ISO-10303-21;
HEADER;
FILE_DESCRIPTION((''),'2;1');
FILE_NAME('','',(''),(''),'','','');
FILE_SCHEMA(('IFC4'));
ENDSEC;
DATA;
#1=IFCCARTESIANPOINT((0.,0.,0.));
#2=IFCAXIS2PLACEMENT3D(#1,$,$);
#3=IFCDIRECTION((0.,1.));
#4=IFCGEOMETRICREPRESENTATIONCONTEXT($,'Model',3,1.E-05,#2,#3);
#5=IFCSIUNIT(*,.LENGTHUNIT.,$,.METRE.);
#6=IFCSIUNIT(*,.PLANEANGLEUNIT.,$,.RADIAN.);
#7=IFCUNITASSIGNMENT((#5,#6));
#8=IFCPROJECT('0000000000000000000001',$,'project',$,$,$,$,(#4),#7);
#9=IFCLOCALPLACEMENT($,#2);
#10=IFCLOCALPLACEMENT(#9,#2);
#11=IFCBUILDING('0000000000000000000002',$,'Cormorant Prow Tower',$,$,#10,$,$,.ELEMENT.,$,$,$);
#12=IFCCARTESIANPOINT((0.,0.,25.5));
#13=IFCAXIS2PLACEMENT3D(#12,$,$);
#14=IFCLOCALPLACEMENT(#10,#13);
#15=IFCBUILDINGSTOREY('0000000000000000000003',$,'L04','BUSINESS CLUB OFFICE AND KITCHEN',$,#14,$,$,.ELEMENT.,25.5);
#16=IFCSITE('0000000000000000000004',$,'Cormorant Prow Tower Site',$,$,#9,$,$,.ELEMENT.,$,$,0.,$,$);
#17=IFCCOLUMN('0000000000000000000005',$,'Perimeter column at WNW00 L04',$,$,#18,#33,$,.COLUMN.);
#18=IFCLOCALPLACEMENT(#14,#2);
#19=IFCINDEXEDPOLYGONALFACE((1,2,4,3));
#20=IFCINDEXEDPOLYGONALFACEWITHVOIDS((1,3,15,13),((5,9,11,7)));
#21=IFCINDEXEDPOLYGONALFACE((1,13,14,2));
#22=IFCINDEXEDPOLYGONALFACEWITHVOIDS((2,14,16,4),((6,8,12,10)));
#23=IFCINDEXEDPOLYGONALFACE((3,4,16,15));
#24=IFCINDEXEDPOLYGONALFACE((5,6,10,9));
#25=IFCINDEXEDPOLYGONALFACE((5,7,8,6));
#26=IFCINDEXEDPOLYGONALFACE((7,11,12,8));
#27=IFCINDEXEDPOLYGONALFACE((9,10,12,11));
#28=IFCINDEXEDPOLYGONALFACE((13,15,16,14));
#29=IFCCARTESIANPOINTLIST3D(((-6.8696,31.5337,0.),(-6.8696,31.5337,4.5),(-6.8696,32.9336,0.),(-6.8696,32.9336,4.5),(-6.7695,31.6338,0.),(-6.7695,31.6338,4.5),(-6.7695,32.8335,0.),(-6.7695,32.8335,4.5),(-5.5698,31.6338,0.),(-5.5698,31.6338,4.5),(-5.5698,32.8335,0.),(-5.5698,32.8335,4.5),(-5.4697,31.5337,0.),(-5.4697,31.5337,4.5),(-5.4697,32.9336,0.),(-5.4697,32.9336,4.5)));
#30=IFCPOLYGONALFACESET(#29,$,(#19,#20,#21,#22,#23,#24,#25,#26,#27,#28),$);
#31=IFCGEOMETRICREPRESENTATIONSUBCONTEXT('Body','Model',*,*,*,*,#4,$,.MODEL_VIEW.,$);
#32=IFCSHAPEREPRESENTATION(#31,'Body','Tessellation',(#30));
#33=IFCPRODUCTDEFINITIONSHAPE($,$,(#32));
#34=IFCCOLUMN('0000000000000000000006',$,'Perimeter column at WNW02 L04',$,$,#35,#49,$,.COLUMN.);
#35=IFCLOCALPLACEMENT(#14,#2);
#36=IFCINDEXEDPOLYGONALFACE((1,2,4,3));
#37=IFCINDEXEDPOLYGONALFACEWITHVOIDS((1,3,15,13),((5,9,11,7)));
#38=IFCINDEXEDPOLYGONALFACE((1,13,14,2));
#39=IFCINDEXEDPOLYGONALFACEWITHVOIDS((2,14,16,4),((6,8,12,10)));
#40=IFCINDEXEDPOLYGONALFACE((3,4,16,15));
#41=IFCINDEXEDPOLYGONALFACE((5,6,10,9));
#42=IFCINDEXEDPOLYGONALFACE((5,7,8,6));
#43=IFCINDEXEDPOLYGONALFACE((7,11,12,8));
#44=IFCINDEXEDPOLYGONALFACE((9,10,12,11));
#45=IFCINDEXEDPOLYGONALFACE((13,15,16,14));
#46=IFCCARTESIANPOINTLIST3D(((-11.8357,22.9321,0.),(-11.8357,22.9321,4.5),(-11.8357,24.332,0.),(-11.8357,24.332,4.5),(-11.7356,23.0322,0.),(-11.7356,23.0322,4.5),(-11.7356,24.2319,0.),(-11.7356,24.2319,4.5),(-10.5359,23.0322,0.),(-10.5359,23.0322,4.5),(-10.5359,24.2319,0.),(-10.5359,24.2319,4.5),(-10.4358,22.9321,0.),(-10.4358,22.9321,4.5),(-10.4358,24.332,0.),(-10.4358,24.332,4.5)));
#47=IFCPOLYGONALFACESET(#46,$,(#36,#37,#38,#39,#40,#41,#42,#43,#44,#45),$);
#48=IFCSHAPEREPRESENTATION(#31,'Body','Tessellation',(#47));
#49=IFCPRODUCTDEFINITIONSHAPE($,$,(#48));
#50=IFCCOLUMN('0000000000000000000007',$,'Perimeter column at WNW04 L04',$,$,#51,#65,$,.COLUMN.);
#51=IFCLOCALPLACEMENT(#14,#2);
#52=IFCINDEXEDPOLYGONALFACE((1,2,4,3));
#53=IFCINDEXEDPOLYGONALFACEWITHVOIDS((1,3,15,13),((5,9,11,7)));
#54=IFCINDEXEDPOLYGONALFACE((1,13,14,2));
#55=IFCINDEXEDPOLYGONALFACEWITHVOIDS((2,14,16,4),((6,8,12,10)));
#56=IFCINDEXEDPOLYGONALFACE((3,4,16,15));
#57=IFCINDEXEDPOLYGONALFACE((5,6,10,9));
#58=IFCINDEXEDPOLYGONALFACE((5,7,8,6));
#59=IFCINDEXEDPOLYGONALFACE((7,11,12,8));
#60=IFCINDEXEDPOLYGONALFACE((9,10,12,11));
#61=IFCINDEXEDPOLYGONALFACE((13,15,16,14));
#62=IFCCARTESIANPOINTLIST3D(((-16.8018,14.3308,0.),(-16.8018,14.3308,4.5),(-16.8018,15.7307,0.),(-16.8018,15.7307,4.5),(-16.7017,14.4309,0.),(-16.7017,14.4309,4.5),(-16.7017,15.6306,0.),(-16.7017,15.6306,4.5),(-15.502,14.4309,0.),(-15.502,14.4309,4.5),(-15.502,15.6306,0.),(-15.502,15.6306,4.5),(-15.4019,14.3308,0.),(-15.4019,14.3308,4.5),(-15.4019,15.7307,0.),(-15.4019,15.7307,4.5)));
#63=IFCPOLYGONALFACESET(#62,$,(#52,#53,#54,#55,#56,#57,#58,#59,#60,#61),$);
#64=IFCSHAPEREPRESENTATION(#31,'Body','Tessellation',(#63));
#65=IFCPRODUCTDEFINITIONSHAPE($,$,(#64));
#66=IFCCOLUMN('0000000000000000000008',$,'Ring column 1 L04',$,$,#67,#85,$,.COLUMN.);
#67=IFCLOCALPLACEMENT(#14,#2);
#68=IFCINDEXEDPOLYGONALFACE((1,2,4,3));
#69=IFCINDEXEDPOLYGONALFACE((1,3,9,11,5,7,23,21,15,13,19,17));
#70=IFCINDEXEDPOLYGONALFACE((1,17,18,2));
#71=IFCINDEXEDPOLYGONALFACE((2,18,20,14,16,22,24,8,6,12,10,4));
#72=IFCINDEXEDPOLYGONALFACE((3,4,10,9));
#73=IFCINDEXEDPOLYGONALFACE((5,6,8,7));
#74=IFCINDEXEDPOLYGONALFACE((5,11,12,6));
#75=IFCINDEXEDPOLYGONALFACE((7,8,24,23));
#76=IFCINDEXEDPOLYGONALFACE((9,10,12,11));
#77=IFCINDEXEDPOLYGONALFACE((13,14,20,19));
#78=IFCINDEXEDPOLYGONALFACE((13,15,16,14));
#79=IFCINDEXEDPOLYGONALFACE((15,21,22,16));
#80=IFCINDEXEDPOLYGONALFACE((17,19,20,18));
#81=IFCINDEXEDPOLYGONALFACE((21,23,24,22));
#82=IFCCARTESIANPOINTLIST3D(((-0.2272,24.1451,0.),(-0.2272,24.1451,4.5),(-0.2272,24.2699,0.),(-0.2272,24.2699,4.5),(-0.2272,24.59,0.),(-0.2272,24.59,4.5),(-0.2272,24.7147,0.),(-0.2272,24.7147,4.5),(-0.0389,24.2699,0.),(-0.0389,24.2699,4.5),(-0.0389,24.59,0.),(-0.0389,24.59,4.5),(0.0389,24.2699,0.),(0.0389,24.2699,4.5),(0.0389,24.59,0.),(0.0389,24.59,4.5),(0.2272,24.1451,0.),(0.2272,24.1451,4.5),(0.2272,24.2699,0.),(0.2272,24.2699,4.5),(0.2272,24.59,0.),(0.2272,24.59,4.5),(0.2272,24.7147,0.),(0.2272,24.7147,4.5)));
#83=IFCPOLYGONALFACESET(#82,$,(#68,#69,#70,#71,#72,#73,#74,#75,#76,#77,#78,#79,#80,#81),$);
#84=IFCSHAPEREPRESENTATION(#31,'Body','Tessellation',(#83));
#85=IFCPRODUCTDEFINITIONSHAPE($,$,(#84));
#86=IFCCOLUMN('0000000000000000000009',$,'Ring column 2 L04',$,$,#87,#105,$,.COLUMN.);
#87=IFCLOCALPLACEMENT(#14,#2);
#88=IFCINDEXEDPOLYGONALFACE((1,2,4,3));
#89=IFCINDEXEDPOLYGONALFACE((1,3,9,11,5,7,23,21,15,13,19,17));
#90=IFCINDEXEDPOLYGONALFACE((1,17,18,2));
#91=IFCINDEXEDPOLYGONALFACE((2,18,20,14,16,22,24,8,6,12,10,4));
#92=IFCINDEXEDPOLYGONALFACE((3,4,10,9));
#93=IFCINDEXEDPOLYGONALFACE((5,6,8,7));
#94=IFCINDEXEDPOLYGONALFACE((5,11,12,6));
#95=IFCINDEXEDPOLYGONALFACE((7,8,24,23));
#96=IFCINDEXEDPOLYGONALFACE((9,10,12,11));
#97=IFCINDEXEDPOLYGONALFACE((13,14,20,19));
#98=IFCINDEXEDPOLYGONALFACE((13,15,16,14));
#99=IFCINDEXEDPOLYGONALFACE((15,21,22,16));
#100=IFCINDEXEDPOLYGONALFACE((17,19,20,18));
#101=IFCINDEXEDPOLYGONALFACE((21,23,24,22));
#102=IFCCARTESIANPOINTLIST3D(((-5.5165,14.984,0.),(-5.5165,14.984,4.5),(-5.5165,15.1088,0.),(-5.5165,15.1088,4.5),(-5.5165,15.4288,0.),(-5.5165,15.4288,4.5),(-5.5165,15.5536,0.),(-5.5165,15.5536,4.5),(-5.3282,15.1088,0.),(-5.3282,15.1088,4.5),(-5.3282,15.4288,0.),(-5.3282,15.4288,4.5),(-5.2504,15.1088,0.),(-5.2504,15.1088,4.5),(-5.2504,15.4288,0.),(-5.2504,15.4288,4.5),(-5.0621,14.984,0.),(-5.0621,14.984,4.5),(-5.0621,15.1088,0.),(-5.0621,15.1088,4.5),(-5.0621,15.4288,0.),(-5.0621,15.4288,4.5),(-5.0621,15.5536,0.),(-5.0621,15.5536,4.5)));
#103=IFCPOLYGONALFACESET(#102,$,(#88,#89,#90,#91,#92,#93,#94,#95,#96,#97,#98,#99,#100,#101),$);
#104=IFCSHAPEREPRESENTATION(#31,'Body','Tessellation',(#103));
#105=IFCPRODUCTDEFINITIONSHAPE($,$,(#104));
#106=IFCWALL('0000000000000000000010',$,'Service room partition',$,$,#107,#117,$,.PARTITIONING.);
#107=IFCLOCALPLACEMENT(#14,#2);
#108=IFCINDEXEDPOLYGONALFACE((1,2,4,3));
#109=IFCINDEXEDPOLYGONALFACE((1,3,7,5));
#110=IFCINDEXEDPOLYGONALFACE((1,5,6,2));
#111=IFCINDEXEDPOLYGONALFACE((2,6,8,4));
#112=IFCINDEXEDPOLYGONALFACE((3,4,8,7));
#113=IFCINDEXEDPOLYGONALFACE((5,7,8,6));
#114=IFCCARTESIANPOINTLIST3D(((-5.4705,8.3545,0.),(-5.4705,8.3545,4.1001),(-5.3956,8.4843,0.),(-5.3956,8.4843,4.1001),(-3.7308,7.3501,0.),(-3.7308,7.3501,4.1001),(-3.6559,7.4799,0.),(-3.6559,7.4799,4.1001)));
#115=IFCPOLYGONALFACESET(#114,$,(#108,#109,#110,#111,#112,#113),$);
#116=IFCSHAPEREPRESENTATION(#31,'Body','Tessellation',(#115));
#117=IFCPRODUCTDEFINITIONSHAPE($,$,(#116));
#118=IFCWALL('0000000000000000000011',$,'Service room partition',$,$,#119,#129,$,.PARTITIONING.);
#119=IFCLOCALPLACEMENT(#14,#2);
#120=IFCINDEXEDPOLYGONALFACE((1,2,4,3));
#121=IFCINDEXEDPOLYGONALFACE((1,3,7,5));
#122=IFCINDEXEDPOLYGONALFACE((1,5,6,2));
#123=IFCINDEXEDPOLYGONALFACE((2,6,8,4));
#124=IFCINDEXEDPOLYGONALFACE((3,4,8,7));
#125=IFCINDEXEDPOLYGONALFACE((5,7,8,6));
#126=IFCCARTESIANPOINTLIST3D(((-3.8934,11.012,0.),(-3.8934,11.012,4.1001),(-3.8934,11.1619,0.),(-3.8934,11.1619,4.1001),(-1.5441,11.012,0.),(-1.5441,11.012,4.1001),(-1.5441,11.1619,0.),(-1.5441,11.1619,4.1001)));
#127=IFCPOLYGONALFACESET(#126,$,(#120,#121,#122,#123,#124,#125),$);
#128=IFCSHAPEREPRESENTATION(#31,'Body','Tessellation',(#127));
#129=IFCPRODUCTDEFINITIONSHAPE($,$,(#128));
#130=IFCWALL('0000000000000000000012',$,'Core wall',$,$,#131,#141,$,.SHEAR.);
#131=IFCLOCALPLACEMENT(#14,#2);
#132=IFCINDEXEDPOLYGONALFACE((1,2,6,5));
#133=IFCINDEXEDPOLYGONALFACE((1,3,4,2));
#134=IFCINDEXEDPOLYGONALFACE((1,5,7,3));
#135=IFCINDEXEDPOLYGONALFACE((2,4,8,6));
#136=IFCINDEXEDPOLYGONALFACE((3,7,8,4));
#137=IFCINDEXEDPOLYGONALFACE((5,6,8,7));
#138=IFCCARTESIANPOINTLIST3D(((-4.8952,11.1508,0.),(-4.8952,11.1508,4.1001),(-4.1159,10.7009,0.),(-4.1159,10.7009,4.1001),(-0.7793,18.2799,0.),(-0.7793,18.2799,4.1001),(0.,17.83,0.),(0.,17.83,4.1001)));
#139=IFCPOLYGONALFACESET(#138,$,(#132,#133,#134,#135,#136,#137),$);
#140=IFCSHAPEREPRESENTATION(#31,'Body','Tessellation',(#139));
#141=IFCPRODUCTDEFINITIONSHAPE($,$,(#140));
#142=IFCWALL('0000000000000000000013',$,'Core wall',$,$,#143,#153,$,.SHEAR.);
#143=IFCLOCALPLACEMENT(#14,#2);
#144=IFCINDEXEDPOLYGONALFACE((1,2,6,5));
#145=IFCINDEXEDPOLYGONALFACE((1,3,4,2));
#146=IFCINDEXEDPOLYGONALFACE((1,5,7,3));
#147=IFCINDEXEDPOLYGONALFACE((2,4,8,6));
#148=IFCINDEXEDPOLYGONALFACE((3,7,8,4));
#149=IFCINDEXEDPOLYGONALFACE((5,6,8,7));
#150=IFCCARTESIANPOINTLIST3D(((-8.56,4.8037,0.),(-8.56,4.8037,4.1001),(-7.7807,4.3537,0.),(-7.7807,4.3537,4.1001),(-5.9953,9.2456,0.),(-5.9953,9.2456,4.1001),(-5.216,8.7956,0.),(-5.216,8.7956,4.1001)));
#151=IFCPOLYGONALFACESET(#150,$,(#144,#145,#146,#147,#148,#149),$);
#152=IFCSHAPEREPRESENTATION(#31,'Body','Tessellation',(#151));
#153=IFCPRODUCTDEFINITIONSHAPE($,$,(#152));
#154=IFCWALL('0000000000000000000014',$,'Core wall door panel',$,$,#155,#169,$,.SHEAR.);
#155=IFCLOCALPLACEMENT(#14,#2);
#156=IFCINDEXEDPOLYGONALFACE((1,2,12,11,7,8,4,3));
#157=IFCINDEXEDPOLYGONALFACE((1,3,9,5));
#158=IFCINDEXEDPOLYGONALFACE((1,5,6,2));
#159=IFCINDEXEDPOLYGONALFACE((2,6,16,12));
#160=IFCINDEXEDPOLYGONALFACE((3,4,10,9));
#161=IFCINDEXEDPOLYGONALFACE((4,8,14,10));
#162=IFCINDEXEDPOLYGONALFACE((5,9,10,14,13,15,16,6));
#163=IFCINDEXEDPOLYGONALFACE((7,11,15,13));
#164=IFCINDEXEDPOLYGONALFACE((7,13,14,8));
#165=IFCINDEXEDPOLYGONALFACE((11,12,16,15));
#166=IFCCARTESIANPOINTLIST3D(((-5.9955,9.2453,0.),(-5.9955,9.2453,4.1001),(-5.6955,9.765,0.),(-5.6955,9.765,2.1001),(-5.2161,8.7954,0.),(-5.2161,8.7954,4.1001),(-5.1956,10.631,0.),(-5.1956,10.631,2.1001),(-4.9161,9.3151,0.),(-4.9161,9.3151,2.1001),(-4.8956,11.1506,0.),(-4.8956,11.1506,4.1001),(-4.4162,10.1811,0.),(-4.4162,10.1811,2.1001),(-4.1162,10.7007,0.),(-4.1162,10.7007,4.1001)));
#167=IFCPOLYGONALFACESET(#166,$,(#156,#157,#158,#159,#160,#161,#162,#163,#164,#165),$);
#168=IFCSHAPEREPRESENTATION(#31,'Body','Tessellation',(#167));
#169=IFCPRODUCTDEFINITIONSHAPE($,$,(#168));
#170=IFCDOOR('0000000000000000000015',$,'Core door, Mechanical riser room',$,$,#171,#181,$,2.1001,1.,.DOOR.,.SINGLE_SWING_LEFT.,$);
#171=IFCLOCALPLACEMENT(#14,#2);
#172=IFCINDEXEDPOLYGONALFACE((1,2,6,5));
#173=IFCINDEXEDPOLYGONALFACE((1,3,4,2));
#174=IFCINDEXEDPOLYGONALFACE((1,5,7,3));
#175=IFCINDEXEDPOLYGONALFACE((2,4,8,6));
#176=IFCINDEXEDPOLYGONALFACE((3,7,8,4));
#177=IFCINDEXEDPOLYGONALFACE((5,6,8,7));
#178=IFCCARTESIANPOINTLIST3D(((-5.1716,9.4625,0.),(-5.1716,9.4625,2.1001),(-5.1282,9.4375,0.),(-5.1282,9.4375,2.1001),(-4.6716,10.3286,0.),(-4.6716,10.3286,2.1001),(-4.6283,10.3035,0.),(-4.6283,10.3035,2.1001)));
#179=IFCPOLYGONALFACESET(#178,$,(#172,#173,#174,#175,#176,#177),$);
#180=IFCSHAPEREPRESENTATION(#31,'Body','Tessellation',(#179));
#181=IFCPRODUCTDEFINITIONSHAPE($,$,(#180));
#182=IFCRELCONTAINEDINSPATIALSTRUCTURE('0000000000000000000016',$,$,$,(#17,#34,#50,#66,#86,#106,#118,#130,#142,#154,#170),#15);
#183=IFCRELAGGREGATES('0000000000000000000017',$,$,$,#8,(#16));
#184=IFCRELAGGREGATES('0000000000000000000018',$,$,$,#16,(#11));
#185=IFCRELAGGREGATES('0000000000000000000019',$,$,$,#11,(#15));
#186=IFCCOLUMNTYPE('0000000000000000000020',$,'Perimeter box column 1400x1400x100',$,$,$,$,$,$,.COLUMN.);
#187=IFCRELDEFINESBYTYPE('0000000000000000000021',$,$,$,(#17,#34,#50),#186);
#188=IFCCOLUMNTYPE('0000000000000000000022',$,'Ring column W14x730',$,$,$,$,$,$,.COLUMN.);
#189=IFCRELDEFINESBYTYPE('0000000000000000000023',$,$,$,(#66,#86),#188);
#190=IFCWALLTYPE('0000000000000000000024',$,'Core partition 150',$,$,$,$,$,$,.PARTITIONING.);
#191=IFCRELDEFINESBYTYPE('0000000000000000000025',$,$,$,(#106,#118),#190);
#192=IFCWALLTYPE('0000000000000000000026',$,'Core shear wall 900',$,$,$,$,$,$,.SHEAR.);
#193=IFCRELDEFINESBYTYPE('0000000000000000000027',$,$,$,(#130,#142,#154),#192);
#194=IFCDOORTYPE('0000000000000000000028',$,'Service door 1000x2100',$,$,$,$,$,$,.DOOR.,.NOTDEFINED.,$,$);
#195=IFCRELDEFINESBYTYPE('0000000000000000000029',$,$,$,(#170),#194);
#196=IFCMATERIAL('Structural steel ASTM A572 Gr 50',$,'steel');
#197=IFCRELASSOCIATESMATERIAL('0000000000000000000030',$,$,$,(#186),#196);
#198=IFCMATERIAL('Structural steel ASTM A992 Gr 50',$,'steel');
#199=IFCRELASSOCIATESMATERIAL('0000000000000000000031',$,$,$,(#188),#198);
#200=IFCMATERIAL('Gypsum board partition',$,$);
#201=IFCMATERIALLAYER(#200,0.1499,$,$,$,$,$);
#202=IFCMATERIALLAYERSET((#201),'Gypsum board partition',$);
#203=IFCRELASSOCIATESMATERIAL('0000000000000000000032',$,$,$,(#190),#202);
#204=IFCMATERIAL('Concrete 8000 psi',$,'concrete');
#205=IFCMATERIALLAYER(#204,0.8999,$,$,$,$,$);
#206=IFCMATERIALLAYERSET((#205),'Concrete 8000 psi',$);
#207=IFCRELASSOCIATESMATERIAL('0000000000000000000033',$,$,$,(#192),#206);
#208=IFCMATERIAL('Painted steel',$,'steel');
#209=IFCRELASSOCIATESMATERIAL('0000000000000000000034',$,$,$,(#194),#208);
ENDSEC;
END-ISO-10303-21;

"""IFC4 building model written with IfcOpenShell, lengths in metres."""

from ifc_helpers import new_model, si_unit, direction, frame, frame_2d, origin, origin_2d, place, context, subcontext, project, spatial, rectangle, hollow_rectangle, i_section, extrude, material, layer, layer_set, material_profile, profile_set, type_object, element, fill, save


model = new_model("IFC4")

# Units and contexts
model_context = context("Model", 3, precision=1e-05, world=origin(), true_north=direction((0.0, 1.0)))
body_context = subcontext(model_context, "Body", "Model", "MODEL_VIEW")
ifc_project = project(units=[si_unit("LENGTHUNIT", "METRE"), si_unit("PLANEANGLEUNIT", "RADIAN")], contexts=[model_context])

# Site, building, storey
site_placement = place(None, origin())
site = spatial("IfcSite", under=ifc_project, at=site_placement, Name="Cormorant Prow Tower Site", CompositionType="ELEMENT", RefElevation=0.0)
building_placement = place(site_placement, origin())
building = spatial("IfcBuilding", under=site, at=building_placement, Name="Cormorant Prow Tower", CompositionType="ELEMENT")
storey_placement = place(building_placement, frame((0.0, 0.0, 25.5)))
storey = spatial("IfcBuildingStorey", under=building, at=storey_placement, Name="L04", Description="BUSINESS CLUB OFFICE AND KITCHEN", CompositionType="ELEMENT", Elevation=25.5)

# Columns
ifc_material_1 = material(Name="Structural steel ASTM A572 Gr 50", Category="steel")
ifc_material_profile_1 = material_profile(ifc_material_1, hollow_rectangle(XDim=1.3999, YDim=1.3999, WallThickness=0.1001, at=origin_2d()), Name="Box 1400x1400x100")
ifc_profile_set_1 = profile_set([ifc_material_profile_1], Name="Structural steel ASTM A572 Gr 50")
column_type_1 = type_object("IfcColumnType", Name="Perimeter box column 1400x1400x100", PredefinedType="COLUMN", material=ifc_profile_set_1)
for number, where, z_axis, x_axis, name in (
    (1, (-6.1697, 32.2336, 0.0), (0.0, 0.0, 1.0), (1.0, 0.0, 0.0), "Perimeter column at WNW00 L04"),
    (2, (-11.1357, 23.6321, 0.0), (0.0, 0.0, 1.0), (1.0, 0.0, 0.0), "Perimeter column at WNW02 L04"),
    (3, (-16.1018, 15.0308, 0.0), (0.0, 0.0, 1.0), (1.0, 0.0, 0.0), "Perimeter column at WNW04 L04"),
):
    element("IfcColumn", number, at=place(storey_placement, frame(where, z_axis=z_axis, x_axis=x_axis)), inside=storey, type_object=column_type_1, Name=name, PredefinedType="COLUMN", context=body_context, shape_type="SweptSolid", body=[
        extrude(hollow_rectangle(XDim=1.3999, YDim=1.3999, WallThickness=0.1001, at=origin_2d()), origin(), (0.0, 0.0, 1.0), 4.5),
    ])
ifc_material_2 = material(Name="Structural steel ASTM A992 Gr 50", Category="steel")
ifc_material_profile_2 = material_profile(ifc_material_2, i_section(OverallWidth=0.4543, OverallDepth=0.5696, WebThickness=0.0779, FlangeThickness=0.1248, at=origin_2d()), Name="W14x730")
ifc_profile_set_2 = profile_set([ifc_material_profile_2], Name="Structural steel ASTM A992 Gr 50")
column_type_2 = type_object("IfcColumnType", Name="Ring column W14x730", PredefinedType="COLUMN", material=ifc_profile_set_2)
for number, where, z_axis, x_axis, name in (
    (4, (0.0, 24.4299, 0.0), (0.0, 0.0, 1.0), (1.0, 0.0, 0.0), "Ring column 1 L04"),
    (5, (-5.2893, 15.2688, 0.0), (0.0, 0.0, 1.0), (1.0, 0.0, 0.0), "Ring column 2 L04"),
):
    element("IfcColumn", number, at=place(storey_placement, frame(where, z_axis=z_axis, x_axis=x_axis)), inside=storey, type_object=column_type_2, Name=name, PredefinedType="COLUMN", context=body_context, shape_type="SweptSolid", body=[
        extrude(i_section(OverallWidth=0.4543, OverallDepth=0.5696, WebThickness=0.0779, FlangeThickness=0.1248, at=origin_2d()), origin(), (0.0, 0.0, 1.0), 4.5),
    ])

# Walls
ifc_material_3 = material(Name="Gypsum board partition")
ifc_layer_1 = layer(ifc_material_3, 0.1499)
ifc_layer_set_1 = layer_set([ifc_layer_1], Name="Gypsum board partition")
wall_type_1 = type_object("IfcWallType", Name="Core partition 150", PredefinedType="PARTITIONING", material=ifc_layer_set_1)
wall_1_placement = place(storey_placement, frame((-3.6934, 7.415, 0.0), z_axis=(0.0, 0.0, 1.0), x_axis=(-0.866036, 0.499982, 0.0)))
element("IfcWall", 6, at=wall_1_placement, inside=storey, type_object=wall_type_1, Name="Service room partition", PredefinedType="PARTITIONING", context=body_context, shape_type="SweptSolid", body=[
    extrude(rectangle(XDim=2.0088, YDim=0.1499, at=frame_2d((1.0044, 0.0))), origin(), (0.0, 0.0, 1.0), 4.1001),
])
wall_2_placement = place(storey_placement, frame((-1.5439, 11.0869, 0.0), z_axis=(0.0, 0.0, 1.0), x_axis=(-1.0, 0.0, 0.0)))
element("IfcWall", 7, at=wall_2_placement, inside=storey, type_object=wall_type_1, Name="Service room partition", PredefinedType="PARTITIONING", context=body_context, shape_type="SweptSolid", body=[
    extrude(rectangle(XDim=2.3494, YDim=0.1499, at=frame_2d((1.1748, 0.0))), origin(), (0.0, 0.0, 1.0), 4.1001),
])
ifc_material_4 = material(Name="Concrete 8000 psi", Category="concrete")
ifc_layer_2 = layer(ifc_material_4, 0.8999)
ifc_layer_set_2 = layer_set([ifc_layer_2], Name="Concrete 8000 psi")
wall_type_2 = type_object("IfcWallType", Name="Core shear wall 900", PredefinedType="SHEAR", material=ifc_layer_set_2)
wall_3_placement = place(storey_placement, frame((-0.3896, 18.0549, 0.0), z_axis=(0.0, 0.0, 1.0), x_axis=(-0.499995, -0.866028, 0.0)))
element("IfcWall", 8, at=wall_3_placement, inside=storey, type_object=wall_type_2, Name="Core wall", PredefinedType="SHEAR", context=body_context, shape_type="SweptSolid", body=[
    extrude(rectangle(XDim=8.2319, YDim=0.8999, at=frame_2d((4.116, 0.0))), origin(), (0.0, 0.0, 1.0), 4.1001),
])
wall_4_placement = place(storey_placement, frame((-5.6057, 9.0205, 0.0), z_axis=(0.0, 0.0, 1.0), x_axis=(-0.500025, -0.866011, 0.0)))
element("IfcWall", 9, at=wall_4_placement, inside=storey, type_object=wall_type_2, Name="Core wall", PredefinedType="SHEAR", context=body_context, shape_type="SweptSolid", body=[
    extrude(rectangle(XDim=5.1292, YDim=0.8999, at=frame_2d((2.5645, 0.0))), origin(), (0.0, 0.0, 1.0), 4.1001),
])

# Wall, opening, door
wall_5_placement = place(storey_placement, frame((-4.5059, 10.9258, 0.0), z_axis=(0.0, 0.0, 1.0), x_axis=(-0.499947, -0.866056, 0.0)))
wall_5 = element("IfcWall", 10, at=wall_5_placement, inside=storey, type_object=wall_type_2, Name="Core wall door panel", PredefinedType="SHEAR", context=body_context, shape_type="SweptSolid", body=[
    extrude(rectangle(XDim=2.2, YDim=0.8999, at=frame_2d((1.1001, 0.0))), origin(), (0.0, 0.0, 1.0), 4.1001),
])
opening_1_placement = place(wall_5_placement, frame((0.6001, 0.0, 0.0)))
opening_1 = element("IfcOpeningElement", 11, at=opening_1_placement, cuts=wall_5, PredefinedType="OPENING", context=body_context, shape_type="SweptSolid", body=[
    extrude(rectangle(XDim=1.0, YDim=2.1001, at=frame_2d((0.5, 1.05))), frame((0.0, 0.46, 0.0), z_axis=(0.0, -1.0, 0.0), x_axis=(1.0, 0.0, 0.0)), (0.0, 0.0, 1.0), 0.9199),
])
ifc_material_5 = material(Name="Painted steel", Category="steel")
door_type_1 = type_object("IfcDoorType", Name="Service door 1000x2100", OperationType="NOTDEFINED", PredefinedType="DOOR", material=ifc_material_5)
door_1_placement = place(opening_1_placement, origin())
door_1 = element("IfcDoor", 12, at=door_1_placement, inside=storey, type_object=door_type_1, Name="Core door, Mechanical riser room", OperationType="SINGLE_SWING_LEFT", OverallHeight=2.1001, OverallWidth=1.0, PredefinedType="DOOR", context=body_context, shape_type="SweptSolid", body=[
    extrude(rectangle(XDim=1.0, YDim=2.1001, at=frame_2d((0.5, 1.05))), frame((0.0, 0.2051, 0.0), z_axis=(0.0, -1.0, 0.0), x_axis=(1.0, 0.0, 0.0)), (0.0, 0.0, 1.0), 0.05),
])
fill(opening_1, door_1)

save(model, "model.ifc")
